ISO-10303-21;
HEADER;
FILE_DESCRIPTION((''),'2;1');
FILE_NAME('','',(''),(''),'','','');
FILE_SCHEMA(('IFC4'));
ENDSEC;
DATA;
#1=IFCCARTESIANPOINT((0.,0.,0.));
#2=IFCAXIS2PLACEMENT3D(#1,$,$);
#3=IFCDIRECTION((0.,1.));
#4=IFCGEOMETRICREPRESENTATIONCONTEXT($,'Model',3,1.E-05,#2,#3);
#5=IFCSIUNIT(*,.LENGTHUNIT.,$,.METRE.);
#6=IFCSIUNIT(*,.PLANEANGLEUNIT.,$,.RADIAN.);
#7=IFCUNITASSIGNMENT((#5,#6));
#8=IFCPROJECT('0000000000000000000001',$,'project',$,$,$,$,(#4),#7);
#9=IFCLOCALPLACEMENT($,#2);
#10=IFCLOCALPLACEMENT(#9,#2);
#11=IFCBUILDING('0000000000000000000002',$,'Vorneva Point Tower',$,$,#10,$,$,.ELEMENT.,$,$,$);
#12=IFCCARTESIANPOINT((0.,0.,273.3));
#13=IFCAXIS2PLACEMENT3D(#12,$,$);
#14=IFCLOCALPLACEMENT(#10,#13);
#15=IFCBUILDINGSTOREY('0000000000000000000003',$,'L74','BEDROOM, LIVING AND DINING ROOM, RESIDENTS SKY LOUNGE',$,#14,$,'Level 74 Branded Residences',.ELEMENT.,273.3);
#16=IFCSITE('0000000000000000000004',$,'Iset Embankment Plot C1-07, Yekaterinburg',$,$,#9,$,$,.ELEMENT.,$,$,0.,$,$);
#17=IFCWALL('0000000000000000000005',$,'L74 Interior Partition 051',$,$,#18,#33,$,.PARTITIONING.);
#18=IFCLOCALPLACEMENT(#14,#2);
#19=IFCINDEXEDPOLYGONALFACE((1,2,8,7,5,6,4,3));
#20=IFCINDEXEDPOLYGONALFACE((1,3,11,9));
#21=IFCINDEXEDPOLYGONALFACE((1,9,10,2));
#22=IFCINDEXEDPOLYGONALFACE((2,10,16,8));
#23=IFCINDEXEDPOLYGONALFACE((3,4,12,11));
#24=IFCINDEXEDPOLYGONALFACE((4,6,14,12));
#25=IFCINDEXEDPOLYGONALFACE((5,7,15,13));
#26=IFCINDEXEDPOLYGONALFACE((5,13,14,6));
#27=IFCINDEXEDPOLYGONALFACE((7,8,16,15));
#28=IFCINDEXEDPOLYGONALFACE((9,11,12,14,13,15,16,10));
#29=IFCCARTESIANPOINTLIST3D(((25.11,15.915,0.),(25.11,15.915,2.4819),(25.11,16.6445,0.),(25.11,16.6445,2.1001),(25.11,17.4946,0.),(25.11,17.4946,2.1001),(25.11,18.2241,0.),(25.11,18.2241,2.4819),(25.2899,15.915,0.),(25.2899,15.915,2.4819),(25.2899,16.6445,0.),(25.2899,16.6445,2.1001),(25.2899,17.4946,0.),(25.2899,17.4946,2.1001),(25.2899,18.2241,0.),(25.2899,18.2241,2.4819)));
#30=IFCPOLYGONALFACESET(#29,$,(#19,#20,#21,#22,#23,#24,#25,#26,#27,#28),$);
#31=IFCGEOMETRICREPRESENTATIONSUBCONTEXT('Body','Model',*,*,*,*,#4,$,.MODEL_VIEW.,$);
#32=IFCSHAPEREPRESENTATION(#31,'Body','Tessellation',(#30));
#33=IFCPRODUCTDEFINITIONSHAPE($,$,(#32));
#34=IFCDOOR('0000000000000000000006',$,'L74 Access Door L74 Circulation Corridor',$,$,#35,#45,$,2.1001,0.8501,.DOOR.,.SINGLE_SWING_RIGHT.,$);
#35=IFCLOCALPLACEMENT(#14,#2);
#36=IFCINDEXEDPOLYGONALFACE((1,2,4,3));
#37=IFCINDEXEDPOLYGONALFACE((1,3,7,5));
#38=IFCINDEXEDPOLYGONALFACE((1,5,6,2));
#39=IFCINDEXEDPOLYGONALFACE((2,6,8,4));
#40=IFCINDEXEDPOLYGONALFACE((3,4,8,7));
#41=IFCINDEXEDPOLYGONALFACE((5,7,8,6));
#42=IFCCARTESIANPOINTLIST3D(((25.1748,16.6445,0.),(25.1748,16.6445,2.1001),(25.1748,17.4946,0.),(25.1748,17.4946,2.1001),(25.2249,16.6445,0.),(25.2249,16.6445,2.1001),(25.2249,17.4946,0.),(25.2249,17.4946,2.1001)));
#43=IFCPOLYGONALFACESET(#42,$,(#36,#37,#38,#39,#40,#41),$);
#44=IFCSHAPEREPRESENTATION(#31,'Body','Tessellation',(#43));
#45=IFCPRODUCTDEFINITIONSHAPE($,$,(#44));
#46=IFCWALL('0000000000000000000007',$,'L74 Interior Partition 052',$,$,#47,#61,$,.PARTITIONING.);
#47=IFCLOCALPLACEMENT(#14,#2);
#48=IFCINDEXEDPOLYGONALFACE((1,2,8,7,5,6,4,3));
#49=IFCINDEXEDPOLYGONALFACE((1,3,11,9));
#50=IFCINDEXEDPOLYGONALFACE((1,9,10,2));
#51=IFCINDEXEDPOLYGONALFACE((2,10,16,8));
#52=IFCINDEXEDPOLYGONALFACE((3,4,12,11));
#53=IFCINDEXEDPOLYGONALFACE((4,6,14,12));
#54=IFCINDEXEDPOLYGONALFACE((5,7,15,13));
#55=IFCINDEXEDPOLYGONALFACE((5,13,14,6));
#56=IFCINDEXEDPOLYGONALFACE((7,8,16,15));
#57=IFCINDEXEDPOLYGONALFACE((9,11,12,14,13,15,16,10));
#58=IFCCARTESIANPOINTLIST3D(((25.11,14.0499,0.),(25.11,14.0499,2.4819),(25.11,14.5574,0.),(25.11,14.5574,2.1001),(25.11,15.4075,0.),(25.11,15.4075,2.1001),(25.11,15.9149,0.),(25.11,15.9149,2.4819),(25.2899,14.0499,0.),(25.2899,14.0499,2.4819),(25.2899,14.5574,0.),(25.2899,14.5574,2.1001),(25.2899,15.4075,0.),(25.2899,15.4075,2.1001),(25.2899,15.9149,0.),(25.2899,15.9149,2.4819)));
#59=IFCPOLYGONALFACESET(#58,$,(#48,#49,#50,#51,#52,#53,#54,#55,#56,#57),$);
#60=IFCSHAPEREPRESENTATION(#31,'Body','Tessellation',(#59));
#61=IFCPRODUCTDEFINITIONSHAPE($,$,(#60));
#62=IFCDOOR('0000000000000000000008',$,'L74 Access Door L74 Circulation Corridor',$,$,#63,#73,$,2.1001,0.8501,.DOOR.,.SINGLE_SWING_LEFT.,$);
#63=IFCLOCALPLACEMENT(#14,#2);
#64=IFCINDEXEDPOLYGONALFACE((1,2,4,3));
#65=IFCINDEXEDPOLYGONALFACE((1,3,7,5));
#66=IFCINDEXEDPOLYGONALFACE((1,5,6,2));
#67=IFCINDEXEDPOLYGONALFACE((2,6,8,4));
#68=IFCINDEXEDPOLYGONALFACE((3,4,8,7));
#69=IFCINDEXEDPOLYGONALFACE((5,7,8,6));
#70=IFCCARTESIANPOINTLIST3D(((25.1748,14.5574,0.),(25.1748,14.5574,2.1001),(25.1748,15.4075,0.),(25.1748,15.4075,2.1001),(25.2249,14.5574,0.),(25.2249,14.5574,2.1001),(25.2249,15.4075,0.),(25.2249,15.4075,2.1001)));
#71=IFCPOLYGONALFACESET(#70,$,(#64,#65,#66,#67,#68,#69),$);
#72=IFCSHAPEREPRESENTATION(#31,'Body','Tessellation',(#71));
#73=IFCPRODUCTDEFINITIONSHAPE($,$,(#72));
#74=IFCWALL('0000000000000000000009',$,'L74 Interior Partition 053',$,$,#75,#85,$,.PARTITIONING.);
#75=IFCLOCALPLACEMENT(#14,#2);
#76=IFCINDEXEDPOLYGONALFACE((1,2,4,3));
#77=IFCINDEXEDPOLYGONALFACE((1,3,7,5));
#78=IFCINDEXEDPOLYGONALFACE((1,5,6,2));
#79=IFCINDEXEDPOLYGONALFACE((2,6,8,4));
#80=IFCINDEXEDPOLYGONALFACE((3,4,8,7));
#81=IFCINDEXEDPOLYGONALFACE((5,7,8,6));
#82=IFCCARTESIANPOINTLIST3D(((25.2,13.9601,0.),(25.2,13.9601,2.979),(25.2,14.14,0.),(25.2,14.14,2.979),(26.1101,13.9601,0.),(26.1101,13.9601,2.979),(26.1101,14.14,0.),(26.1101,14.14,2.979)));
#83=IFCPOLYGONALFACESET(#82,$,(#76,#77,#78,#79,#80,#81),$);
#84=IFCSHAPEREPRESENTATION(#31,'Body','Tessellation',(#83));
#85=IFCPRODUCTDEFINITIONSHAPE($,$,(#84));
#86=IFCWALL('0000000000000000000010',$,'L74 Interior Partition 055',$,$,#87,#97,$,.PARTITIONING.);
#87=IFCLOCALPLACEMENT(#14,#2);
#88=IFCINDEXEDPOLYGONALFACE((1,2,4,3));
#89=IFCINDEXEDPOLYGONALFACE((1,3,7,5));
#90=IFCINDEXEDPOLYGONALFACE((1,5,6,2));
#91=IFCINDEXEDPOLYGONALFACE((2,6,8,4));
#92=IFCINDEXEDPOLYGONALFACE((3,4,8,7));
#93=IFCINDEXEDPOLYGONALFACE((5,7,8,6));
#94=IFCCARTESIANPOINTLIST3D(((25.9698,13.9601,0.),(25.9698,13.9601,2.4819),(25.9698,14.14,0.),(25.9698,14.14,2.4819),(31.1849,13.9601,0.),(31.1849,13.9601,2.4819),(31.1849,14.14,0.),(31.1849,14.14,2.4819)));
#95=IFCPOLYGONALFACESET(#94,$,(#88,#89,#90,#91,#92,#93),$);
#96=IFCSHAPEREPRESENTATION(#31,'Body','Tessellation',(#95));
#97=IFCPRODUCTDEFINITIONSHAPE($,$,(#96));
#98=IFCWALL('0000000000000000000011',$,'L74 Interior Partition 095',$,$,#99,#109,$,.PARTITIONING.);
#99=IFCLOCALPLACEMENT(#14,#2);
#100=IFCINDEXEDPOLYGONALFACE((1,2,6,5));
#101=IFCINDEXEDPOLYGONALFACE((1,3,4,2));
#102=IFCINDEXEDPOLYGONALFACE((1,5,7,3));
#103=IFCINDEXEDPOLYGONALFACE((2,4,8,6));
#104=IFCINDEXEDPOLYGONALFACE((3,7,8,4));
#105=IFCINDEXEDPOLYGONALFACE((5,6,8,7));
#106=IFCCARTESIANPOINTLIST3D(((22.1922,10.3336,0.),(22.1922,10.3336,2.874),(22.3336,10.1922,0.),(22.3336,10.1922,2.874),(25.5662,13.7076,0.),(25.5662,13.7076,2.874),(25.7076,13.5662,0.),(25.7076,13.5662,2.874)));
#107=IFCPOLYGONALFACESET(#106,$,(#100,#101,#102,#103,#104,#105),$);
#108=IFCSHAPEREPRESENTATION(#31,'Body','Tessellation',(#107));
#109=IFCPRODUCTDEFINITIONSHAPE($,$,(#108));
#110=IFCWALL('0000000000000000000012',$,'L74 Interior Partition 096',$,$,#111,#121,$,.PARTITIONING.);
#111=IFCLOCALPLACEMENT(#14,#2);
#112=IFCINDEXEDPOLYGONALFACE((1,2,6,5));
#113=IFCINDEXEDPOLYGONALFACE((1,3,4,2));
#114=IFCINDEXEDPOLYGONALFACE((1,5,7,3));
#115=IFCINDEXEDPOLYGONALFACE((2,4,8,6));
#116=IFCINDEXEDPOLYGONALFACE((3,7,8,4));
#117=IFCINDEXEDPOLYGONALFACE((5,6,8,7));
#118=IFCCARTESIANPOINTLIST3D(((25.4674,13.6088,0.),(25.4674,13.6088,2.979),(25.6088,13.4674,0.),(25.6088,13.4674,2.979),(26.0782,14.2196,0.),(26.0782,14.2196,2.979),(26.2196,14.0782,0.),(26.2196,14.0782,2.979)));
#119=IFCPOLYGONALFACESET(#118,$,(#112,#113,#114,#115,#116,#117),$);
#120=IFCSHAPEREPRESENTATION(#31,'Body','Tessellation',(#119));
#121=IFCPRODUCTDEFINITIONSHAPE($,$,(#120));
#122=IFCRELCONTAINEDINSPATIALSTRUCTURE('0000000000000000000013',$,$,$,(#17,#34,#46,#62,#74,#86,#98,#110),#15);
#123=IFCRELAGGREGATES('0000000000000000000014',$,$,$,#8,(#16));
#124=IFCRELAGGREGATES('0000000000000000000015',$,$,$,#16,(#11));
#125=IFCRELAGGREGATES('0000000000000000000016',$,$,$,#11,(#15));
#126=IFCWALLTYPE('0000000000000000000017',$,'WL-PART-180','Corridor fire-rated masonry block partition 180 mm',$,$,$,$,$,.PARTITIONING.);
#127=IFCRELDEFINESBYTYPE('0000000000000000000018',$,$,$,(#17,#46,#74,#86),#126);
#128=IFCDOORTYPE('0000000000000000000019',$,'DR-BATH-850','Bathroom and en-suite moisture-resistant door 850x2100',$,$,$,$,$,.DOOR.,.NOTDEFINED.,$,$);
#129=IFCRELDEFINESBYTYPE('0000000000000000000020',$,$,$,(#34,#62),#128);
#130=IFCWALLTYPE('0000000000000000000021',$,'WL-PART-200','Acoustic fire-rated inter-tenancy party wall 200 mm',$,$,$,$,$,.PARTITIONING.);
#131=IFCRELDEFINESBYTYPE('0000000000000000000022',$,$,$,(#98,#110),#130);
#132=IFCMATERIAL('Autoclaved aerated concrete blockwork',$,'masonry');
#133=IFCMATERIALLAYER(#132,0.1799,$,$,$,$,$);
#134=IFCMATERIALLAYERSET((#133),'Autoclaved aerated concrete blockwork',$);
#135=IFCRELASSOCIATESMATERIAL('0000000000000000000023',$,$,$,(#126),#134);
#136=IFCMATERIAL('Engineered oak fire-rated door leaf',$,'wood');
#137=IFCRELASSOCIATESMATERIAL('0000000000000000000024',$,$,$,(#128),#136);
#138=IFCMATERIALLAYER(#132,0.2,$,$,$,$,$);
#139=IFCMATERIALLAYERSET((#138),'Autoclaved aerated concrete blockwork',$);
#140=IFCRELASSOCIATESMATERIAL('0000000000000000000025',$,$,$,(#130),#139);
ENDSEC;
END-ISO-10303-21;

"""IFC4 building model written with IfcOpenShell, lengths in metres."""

from ifc_helpers import new_model, si_unit, direction, frame, frame_2d, origin, place, context, subcontext, project, spatial, rectangle, extrude, material, layer, layer_set, type_object, element, fill, save


model = new_model("IFC4")

# Units and contexts
model_context = context("Model", 3, precision=1e-05, world=origin(), true_north=direction((0.0, 1.0)))
body_context = subcontext(model_context, "Body", "Model", "MODEL_VIEW")
ifc_project = project(units=[si_unit("LENGTHUNIT", "METRE"), si_unit("PLANEANGLEUNIT", "RADIAN")], contexts=[model_context])

# Site, building, storey
site_placement = place(None, origin())
site = spatial("IfcSite", under=ifc_project, at=site_placement, Name="Iset Embankment Plot C1-07, Yekaterinburg", CompositionType="ELEMENT", RefElevation=0.0)
building_placement = place(site_placement, origin())
building = spatial("IfcBuilding", under=site, at=building_placement, Name="Vorneva Point Tower", CompositionType="ELEMENT")
storey_placement = place(building_placement, frame((0.0, 0.0, 273.3)))
storey = spatial("IfcBuildingStorey", under=building, at=storey_placement, Name="L74", Description="BEDROOM, LIVING AND DINING ROOM, RESIDENTS SKY LOUNGE", LongName="Level 74 Branded Residences", CompositionType="ELEMENT", Elevation=273.3)

# Walls, openings, doors
ifc_material_1 = material(Name="Autoclaved aerated concrete blockwork", Category="masonry")
ifc_layer_1 = layer(ifc_material_1, 0.1799)
ifc_layer_set_1 = layer_set([ifc_layer_1], Name="Autoclaved aerated concrete blockwork")
wall_type_1 = type_object("IfcWallType", Name="WL-PART-180", Description="Corridor fire-rated masonry block partition 180 mm", PredefinedType="PARTITIONING", material=ifc_layer_set_1)
ifc_material_2 = material(Name="Engineered oak fire-rated door leaf", Category="wood")
door_type = type_object("IfcDoorType", Name="DR-BATH-850", Description="Bathroom and en-suite moisture-resistant door 850x2100", OperationType="NOTDEFINED", PredefinedType="DOOR", material=ifc_material_2)
wall_1_placement = place(storey_placement, frame((25.2, 18.2241, 0.0), z_axis=(0.0, 0.0, 1.0), x_axis=(0.0, -1.0, 0.0)))
wall_1 = element("IfcWall", 1, at=wall_1_placement, inside=storey, type_object=wall_type_1, Name="L74 Interior Partition 051", PredefinedType="PARTITIONING", context=body_context, shape_type="SweptSolid", body=[
    extrude(rectangle(XDim=2.3091, YDim=0.1799, at=frame_2d((1.1545, 0.0))), origin(), (0.0, 0.0, 1.0), 2.4819),
])
opening_1_placement = place(wall_1_placement, frame((0.7295, 0.0, 0.0)))
opening_1 = element("IfcOpeningElement", 2, at=opening_1_placement, cuts=wall_1, PredefinedType="OPENING", context=body_context, shape_type="SweptSolid", body=[
    extrude(rectangle(XDim=0.8501, YDim=2.1001, at=frame_2d((0.425, 1.05))), frame((0.0, 0.105, 0.0), z_axis=(0.0, -1.0, 0.0), x_axis=(1.0, 0.0, 0.0)), (0.0, 0.0, 1.0), 0.2097),
])
door_1_placement = place(opening_1_placement, origin())
door_1 = element("IfcDoor", 3, at=door_1_placement, inside=storey, type_object=door_type, Name="L74 Access Door L74 Circulation Corridor", OperationType="SINGLE_SWING_RIGHT", OverallHeight=2.1001, OverallWidth=0.8501, PredefinedType="DOOR", context=body_context, shape_type="SweptSolid", body=[
    extrude(rectangle(XDim=0.8501, YDim=2.1001, at=frame_2d((0.425, 1.05))), frame((0.0, 0.0249, 0.0), z_axis=(0.0, -1.0, 0.0), x_axis=(1.0, 0.0, 0.0)), (0.0, 0.0, 1.0), 0.05),
])
fill(opening_1, door_1)
wall_2_placement = place(storey_placement, frame((25.2, 15.915, 0.0), z_axis=(0.0, 0.0, 1.0), x_axis=(0.0, -1.0, 0.0)))
wall_2 = element("IfcWall", 4, at=wall_2_placement, inside=storey, type_object=wall_type_1, Name="L74 Interior Partition 052", PredefinedType="PARTITIONING", context=body_context, shape_type="SweptSolid", body=[
    extrude(rectangle(XDim=1.865, YDim=0.1799, at=frame_2d((0.9326, 0.0))), origin(), (0.0, 0.0, 1.0), 2.4819),
])
opening_2_placement = place(wall_2_placement, frame((0.5076, 0.0, 0.0)))
opening_2 = element("IfcOpeningElement", 5, at=opening_2_placement, cuts=wall_2, PredefinedType="OPENING", context=body_context, shape_type="SweptSolid", body=[
    extrude(rectangle(XDim=0.8501, YDim=2.1001, at=frame_2d((0.425, 1.05))), frame((0.0, 0.105, 0.0), z_axis=(0.0, -1.0, 0.0), x_axis=(1.0, 0.0, 0.0)), (0.0, 0.0, 1.0), 0.2097),
])
door_2_placement = place(opening_2_placement, origin())
door_2 = element("IfcDoor", 6, at=door_2_placement, inside=storey, type_object=door_type, Name="L74 Access Door L74 Circulation Corridor", OperationType="SINGLE_SWING_LEFT", OverallHeight=2.1001, OverallWidth=0.8501, PredefinedType="DOOR", context=body_context, shape_type="SweptSolid", body=[
    extrude(rectangle(XDim=0.8501, YDim=2.1001, at=frame_2d((0.425, 1.05))), frame((0.0, 0.0249, 0.0), z_axis=(0.0, -1.0, 0.0), x_axis=(1.0, 0.0, 0.0)), (0.0, 0.0, 1.0), 0.05),
])
fill(opening_2, door_2)

# Walls
wall_3_placement = place(storey_placement, frame((25.2, 14.05, 0.0), z_axis=(0.0, 0.0, 1.0), x_axis=(1.0, 0.0, 0.0)))
element("IfcWall", 7, at=wall_3_placement, inside=storey, type_object=wall_type_1, Name="L74 Interior Partition 053", PredefinedType="PARTITIONING", context=body_context, shape_type="SweptSolid", body=[
    extrude(rectangle(XDim=0.9102, YDim=0.1799, at=frame_2d((0.4551, 0.0))), origin(), (0.0, 0.0, 1.0), 2.979),
])
wall_4_placement = place(storey_placement, frame((25.97, 14.05, 0.0), z_axis=(0.0, 0.0, 1.0), x_axis=(1.0, 0.0, 0.0)))
element("IfcWall", 8, at=wall_4_placement, inside=storey, type_object=wall_type_1, Name="L74 Interior Partition 055", PredefinedType="PARTITIONING", context=body_context, shape_type="SweptSolid", body=[
    extrude(rectangle(XDim=5.2151, YDim=0.1799, at=frame_2d((2.6074, 0.0))), origin(), (0.0, 0.0, 1.0), 2.4819),
])
ifc_layer_2 = layer(ifc_material_1, 0.2)
ifc_layer_set_2 = layer_set([ifc_layer_2], Name="Autoclaved aerated concrete blockwork")
wall_type_2 = type_object("IfcWallType", Name="WL-PART-200", Description="Acoustic fire-rated inter-tenancy party wall 200 mm", PredefinedType="PARTITIONING", material=ifc_layer_set_2)
wall_5_placement = place(storey_placement, frame((22.2629, 10.2629, 0.0), z_axis=(0.0, 0.0, 1.0), x_axis=(0.707107, 0.707107, 0.0)))
element("IfcWall", 9, at=wall_5_placement, inside=storey, type_object=wall_type_2, Name="L74 Interior Partition 095", PredefinedType="PARTITIONING", context=body_context, shape_type="SweptSolid", body=[
    extrude(rectangle(XDim=4.7715, YDim=0.2, at=frame_2d((2.3857, 0.0))), origin(), (0.0, 0.0, 1.0), 2.874),
])
wall_6_placement = place(storey_placement, frame((25.5381, 13.5381, 0.0), z_axis=(0.0, 0.0, 1.0), x_axis=(0.707107, 0.707107, 0.0)))
element("IfcWall", 10, at=wall_6_placement, inside=storey, type_object=wall_type_2, Name="L74 Interior Partition 096", PredefinedType="PARTITIONING", context=body_context, shape_type="SweptSolid", body=[
    extrude(rectangle(XDim=0.8638, YDim=0.2, at=frame_2d((0.4319, 0.0))), origin(), (0.0, 0.0, 1.0), 2.979),
])

save(model, "model.ifc")
